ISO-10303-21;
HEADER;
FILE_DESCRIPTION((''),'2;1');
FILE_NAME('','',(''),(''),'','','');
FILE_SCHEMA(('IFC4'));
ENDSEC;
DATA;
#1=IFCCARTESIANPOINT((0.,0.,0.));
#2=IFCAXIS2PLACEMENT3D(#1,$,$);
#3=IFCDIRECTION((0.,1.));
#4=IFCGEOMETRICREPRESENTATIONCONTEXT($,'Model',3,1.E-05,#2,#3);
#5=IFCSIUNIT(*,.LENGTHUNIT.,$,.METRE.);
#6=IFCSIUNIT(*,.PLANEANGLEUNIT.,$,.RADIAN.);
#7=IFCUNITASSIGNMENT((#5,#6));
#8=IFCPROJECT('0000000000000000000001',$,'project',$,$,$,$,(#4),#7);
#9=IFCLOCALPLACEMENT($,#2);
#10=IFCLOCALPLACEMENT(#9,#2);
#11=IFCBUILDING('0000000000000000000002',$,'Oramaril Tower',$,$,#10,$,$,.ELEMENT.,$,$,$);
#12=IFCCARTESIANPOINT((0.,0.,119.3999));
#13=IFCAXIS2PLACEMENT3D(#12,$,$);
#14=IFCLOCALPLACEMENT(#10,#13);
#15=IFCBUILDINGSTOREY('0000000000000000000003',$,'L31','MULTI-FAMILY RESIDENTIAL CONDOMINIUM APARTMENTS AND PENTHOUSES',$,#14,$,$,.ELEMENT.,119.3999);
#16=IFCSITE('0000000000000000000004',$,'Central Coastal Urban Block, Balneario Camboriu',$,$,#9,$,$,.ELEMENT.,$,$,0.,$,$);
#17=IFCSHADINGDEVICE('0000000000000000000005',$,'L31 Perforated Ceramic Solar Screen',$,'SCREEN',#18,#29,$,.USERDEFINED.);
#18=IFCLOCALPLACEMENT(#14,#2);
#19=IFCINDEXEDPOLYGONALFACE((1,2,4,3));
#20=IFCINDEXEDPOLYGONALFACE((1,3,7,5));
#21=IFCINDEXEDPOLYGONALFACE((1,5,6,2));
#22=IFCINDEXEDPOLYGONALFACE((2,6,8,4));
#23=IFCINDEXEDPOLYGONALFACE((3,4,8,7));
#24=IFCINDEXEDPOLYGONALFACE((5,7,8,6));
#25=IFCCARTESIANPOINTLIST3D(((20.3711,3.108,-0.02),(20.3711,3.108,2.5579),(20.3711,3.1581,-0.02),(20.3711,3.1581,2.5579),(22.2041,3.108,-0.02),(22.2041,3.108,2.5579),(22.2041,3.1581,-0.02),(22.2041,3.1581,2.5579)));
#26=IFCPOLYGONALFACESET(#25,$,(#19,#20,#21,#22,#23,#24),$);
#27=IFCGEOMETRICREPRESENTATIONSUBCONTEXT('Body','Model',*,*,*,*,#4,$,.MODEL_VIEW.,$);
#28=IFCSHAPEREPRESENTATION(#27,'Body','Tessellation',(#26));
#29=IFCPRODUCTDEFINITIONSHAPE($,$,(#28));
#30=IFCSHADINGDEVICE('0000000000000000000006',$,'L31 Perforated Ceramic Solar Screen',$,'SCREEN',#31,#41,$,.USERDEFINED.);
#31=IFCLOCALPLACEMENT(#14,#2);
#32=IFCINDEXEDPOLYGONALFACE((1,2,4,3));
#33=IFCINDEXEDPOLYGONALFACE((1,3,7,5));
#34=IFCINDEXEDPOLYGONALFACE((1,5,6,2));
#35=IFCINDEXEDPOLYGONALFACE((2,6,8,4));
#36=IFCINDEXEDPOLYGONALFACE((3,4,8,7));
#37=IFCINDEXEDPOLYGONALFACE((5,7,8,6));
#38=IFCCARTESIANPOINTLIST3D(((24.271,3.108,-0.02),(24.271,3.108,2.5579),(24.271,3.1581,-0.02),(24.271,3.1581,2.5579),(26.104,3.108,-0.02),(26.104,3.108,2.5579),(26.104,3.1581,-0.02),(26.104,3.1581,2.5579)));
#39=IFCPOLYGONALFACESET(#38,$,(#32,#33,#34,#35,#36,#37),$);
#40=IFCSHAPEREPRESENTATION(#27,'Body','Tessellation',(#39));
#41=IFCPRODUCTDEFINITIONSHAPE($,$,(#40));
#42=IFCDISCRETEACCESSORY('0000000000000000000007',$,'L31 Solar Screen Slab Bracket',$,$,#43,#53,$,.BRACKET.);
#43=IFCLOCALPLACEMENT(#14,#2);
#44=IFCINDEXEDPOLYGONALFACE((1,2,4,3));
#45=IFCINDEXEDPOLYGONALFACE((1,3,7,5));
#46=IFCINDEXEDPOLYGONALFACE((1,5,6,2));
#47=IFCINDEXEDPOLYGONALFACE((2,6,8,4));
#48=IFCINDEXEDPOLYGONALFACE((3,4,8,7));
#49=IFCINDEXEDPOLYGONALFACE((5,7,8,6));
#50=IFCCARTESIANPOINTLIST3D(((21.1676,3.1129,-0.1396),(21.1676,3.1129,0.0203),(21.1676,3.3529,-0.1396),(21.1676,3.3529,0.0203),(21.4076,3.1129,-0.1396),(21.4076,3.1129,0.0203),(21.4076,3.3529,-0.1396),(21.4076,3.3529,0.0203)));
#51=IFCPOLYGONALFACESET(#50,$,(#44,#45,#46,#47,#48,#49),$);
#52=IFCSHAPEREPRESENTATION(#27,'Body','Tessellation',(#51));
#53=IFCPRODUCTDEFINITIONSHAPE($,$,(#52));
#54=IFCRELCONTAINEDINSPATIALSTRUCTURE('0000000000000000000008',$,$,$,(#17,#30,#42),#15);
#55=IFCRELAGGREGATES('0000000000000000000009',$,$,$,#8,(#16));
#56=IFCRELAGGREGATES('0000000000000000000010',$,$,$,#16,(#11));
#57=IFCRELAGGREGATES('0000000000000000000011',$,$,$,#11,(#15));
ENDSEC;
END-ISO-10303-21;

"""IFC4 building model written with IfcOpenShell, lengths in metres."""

from ifc_helpers import new_model, si_unit, direction, frame, origin, origin_2d, place, context, subcontext, project, spatial, rectangle, extrude, element, save


model = new_model("IFC4")

# Units and contexts
model_context = context("Model", 3, precision=1e-05, world=origin(), true_north=direction((0.0, 1.0)))
body_context = subcontext(model_context, "Body", "Model", "MODEL_VIEW")
ifc_project = project(units=[si_unit("LENGTHUNIT", "METRE"), si_unit("PLANEANGLEUNIT", "RADIAN")], contexts=[model_context])

# Site, building, storey
site_placement = place(None, origin())
site = spatial("IfcSite", under=ifc_project, at=site_placement, Name="Central Coastal Urban Block, Balneario Camboriu", CompositionType="ELEMENT", RefElevation=0.0)
building_placement = place(site_placement, origin())
building = spatial("IfcBuilding", under=site, at=building_placement, Name="Oramaril Tower", CompositionType="ELEMENT")
storey_placement = place(building_placement, frame((0.0, 0.0, 119.3999)))
storey = spatial("IfcBuildingStorey", under=building, at=storey_placement, Name="L31", Description="MULTI-FAMILY RESIDENTIAL CONDOMINIUM APARTMENTS AND PENTHOUSES", CompositionType="ELEMENT", Elevation=119.3999)

# Shading devices
for number, where, z_axis, x_axis, name in (
    (1, (21.2876, 3.1331, -0.02), (0.0, 0.0, 1.0), (1.0, 0.0, 0.0), "L31 Perforated Ceramic Solar Screen"),
    (2, (25.1875, 3.1331, -0.02), (0.0, 0.0, 1.0), (1.0, 0.0, 0.0), "L31 Perforated Ceramic Solar Screen"),
):
    element("IfcShadingDevice", number, at=place(storey_placement, frame(where, z_axis=z_axis, x_axis=x_axis)), inside=storey, Name=name, ObjectType="SCREEN", PredefinedType="USERDEFINED", context=body_context, shape_type="SweptSolid", body=[
        extrude(rectangle(XDim=1.833, YDim=0.05, at=origin_2d()), origin(), (0.0, 0.0, 1.0), 2.5779),
    ])

# Discrete accessory
discrete_accessory_placement = place(storey_placement, frame((21.2876, 3.2329, -0.1396), z_axis=(0.0, 0.0, 1.0), x_axis=(1.0, 0.0, 0.0)))
element("IfcDiscreteAccessory", 3, at=discrete_accessory_placement, inside=storey, Name="L31 Solar Screen Slab Bracket", PredefinedType="BRACKET", context=body_context, shape_type="SweptSolid", body=[
    extrude(rectangle(XDim=0.24, YDim=0.24, at=origin_2d()), origin(), (0.0, 0.0, 1.0), 0.1599),
])

save(model, "model.ifc")
